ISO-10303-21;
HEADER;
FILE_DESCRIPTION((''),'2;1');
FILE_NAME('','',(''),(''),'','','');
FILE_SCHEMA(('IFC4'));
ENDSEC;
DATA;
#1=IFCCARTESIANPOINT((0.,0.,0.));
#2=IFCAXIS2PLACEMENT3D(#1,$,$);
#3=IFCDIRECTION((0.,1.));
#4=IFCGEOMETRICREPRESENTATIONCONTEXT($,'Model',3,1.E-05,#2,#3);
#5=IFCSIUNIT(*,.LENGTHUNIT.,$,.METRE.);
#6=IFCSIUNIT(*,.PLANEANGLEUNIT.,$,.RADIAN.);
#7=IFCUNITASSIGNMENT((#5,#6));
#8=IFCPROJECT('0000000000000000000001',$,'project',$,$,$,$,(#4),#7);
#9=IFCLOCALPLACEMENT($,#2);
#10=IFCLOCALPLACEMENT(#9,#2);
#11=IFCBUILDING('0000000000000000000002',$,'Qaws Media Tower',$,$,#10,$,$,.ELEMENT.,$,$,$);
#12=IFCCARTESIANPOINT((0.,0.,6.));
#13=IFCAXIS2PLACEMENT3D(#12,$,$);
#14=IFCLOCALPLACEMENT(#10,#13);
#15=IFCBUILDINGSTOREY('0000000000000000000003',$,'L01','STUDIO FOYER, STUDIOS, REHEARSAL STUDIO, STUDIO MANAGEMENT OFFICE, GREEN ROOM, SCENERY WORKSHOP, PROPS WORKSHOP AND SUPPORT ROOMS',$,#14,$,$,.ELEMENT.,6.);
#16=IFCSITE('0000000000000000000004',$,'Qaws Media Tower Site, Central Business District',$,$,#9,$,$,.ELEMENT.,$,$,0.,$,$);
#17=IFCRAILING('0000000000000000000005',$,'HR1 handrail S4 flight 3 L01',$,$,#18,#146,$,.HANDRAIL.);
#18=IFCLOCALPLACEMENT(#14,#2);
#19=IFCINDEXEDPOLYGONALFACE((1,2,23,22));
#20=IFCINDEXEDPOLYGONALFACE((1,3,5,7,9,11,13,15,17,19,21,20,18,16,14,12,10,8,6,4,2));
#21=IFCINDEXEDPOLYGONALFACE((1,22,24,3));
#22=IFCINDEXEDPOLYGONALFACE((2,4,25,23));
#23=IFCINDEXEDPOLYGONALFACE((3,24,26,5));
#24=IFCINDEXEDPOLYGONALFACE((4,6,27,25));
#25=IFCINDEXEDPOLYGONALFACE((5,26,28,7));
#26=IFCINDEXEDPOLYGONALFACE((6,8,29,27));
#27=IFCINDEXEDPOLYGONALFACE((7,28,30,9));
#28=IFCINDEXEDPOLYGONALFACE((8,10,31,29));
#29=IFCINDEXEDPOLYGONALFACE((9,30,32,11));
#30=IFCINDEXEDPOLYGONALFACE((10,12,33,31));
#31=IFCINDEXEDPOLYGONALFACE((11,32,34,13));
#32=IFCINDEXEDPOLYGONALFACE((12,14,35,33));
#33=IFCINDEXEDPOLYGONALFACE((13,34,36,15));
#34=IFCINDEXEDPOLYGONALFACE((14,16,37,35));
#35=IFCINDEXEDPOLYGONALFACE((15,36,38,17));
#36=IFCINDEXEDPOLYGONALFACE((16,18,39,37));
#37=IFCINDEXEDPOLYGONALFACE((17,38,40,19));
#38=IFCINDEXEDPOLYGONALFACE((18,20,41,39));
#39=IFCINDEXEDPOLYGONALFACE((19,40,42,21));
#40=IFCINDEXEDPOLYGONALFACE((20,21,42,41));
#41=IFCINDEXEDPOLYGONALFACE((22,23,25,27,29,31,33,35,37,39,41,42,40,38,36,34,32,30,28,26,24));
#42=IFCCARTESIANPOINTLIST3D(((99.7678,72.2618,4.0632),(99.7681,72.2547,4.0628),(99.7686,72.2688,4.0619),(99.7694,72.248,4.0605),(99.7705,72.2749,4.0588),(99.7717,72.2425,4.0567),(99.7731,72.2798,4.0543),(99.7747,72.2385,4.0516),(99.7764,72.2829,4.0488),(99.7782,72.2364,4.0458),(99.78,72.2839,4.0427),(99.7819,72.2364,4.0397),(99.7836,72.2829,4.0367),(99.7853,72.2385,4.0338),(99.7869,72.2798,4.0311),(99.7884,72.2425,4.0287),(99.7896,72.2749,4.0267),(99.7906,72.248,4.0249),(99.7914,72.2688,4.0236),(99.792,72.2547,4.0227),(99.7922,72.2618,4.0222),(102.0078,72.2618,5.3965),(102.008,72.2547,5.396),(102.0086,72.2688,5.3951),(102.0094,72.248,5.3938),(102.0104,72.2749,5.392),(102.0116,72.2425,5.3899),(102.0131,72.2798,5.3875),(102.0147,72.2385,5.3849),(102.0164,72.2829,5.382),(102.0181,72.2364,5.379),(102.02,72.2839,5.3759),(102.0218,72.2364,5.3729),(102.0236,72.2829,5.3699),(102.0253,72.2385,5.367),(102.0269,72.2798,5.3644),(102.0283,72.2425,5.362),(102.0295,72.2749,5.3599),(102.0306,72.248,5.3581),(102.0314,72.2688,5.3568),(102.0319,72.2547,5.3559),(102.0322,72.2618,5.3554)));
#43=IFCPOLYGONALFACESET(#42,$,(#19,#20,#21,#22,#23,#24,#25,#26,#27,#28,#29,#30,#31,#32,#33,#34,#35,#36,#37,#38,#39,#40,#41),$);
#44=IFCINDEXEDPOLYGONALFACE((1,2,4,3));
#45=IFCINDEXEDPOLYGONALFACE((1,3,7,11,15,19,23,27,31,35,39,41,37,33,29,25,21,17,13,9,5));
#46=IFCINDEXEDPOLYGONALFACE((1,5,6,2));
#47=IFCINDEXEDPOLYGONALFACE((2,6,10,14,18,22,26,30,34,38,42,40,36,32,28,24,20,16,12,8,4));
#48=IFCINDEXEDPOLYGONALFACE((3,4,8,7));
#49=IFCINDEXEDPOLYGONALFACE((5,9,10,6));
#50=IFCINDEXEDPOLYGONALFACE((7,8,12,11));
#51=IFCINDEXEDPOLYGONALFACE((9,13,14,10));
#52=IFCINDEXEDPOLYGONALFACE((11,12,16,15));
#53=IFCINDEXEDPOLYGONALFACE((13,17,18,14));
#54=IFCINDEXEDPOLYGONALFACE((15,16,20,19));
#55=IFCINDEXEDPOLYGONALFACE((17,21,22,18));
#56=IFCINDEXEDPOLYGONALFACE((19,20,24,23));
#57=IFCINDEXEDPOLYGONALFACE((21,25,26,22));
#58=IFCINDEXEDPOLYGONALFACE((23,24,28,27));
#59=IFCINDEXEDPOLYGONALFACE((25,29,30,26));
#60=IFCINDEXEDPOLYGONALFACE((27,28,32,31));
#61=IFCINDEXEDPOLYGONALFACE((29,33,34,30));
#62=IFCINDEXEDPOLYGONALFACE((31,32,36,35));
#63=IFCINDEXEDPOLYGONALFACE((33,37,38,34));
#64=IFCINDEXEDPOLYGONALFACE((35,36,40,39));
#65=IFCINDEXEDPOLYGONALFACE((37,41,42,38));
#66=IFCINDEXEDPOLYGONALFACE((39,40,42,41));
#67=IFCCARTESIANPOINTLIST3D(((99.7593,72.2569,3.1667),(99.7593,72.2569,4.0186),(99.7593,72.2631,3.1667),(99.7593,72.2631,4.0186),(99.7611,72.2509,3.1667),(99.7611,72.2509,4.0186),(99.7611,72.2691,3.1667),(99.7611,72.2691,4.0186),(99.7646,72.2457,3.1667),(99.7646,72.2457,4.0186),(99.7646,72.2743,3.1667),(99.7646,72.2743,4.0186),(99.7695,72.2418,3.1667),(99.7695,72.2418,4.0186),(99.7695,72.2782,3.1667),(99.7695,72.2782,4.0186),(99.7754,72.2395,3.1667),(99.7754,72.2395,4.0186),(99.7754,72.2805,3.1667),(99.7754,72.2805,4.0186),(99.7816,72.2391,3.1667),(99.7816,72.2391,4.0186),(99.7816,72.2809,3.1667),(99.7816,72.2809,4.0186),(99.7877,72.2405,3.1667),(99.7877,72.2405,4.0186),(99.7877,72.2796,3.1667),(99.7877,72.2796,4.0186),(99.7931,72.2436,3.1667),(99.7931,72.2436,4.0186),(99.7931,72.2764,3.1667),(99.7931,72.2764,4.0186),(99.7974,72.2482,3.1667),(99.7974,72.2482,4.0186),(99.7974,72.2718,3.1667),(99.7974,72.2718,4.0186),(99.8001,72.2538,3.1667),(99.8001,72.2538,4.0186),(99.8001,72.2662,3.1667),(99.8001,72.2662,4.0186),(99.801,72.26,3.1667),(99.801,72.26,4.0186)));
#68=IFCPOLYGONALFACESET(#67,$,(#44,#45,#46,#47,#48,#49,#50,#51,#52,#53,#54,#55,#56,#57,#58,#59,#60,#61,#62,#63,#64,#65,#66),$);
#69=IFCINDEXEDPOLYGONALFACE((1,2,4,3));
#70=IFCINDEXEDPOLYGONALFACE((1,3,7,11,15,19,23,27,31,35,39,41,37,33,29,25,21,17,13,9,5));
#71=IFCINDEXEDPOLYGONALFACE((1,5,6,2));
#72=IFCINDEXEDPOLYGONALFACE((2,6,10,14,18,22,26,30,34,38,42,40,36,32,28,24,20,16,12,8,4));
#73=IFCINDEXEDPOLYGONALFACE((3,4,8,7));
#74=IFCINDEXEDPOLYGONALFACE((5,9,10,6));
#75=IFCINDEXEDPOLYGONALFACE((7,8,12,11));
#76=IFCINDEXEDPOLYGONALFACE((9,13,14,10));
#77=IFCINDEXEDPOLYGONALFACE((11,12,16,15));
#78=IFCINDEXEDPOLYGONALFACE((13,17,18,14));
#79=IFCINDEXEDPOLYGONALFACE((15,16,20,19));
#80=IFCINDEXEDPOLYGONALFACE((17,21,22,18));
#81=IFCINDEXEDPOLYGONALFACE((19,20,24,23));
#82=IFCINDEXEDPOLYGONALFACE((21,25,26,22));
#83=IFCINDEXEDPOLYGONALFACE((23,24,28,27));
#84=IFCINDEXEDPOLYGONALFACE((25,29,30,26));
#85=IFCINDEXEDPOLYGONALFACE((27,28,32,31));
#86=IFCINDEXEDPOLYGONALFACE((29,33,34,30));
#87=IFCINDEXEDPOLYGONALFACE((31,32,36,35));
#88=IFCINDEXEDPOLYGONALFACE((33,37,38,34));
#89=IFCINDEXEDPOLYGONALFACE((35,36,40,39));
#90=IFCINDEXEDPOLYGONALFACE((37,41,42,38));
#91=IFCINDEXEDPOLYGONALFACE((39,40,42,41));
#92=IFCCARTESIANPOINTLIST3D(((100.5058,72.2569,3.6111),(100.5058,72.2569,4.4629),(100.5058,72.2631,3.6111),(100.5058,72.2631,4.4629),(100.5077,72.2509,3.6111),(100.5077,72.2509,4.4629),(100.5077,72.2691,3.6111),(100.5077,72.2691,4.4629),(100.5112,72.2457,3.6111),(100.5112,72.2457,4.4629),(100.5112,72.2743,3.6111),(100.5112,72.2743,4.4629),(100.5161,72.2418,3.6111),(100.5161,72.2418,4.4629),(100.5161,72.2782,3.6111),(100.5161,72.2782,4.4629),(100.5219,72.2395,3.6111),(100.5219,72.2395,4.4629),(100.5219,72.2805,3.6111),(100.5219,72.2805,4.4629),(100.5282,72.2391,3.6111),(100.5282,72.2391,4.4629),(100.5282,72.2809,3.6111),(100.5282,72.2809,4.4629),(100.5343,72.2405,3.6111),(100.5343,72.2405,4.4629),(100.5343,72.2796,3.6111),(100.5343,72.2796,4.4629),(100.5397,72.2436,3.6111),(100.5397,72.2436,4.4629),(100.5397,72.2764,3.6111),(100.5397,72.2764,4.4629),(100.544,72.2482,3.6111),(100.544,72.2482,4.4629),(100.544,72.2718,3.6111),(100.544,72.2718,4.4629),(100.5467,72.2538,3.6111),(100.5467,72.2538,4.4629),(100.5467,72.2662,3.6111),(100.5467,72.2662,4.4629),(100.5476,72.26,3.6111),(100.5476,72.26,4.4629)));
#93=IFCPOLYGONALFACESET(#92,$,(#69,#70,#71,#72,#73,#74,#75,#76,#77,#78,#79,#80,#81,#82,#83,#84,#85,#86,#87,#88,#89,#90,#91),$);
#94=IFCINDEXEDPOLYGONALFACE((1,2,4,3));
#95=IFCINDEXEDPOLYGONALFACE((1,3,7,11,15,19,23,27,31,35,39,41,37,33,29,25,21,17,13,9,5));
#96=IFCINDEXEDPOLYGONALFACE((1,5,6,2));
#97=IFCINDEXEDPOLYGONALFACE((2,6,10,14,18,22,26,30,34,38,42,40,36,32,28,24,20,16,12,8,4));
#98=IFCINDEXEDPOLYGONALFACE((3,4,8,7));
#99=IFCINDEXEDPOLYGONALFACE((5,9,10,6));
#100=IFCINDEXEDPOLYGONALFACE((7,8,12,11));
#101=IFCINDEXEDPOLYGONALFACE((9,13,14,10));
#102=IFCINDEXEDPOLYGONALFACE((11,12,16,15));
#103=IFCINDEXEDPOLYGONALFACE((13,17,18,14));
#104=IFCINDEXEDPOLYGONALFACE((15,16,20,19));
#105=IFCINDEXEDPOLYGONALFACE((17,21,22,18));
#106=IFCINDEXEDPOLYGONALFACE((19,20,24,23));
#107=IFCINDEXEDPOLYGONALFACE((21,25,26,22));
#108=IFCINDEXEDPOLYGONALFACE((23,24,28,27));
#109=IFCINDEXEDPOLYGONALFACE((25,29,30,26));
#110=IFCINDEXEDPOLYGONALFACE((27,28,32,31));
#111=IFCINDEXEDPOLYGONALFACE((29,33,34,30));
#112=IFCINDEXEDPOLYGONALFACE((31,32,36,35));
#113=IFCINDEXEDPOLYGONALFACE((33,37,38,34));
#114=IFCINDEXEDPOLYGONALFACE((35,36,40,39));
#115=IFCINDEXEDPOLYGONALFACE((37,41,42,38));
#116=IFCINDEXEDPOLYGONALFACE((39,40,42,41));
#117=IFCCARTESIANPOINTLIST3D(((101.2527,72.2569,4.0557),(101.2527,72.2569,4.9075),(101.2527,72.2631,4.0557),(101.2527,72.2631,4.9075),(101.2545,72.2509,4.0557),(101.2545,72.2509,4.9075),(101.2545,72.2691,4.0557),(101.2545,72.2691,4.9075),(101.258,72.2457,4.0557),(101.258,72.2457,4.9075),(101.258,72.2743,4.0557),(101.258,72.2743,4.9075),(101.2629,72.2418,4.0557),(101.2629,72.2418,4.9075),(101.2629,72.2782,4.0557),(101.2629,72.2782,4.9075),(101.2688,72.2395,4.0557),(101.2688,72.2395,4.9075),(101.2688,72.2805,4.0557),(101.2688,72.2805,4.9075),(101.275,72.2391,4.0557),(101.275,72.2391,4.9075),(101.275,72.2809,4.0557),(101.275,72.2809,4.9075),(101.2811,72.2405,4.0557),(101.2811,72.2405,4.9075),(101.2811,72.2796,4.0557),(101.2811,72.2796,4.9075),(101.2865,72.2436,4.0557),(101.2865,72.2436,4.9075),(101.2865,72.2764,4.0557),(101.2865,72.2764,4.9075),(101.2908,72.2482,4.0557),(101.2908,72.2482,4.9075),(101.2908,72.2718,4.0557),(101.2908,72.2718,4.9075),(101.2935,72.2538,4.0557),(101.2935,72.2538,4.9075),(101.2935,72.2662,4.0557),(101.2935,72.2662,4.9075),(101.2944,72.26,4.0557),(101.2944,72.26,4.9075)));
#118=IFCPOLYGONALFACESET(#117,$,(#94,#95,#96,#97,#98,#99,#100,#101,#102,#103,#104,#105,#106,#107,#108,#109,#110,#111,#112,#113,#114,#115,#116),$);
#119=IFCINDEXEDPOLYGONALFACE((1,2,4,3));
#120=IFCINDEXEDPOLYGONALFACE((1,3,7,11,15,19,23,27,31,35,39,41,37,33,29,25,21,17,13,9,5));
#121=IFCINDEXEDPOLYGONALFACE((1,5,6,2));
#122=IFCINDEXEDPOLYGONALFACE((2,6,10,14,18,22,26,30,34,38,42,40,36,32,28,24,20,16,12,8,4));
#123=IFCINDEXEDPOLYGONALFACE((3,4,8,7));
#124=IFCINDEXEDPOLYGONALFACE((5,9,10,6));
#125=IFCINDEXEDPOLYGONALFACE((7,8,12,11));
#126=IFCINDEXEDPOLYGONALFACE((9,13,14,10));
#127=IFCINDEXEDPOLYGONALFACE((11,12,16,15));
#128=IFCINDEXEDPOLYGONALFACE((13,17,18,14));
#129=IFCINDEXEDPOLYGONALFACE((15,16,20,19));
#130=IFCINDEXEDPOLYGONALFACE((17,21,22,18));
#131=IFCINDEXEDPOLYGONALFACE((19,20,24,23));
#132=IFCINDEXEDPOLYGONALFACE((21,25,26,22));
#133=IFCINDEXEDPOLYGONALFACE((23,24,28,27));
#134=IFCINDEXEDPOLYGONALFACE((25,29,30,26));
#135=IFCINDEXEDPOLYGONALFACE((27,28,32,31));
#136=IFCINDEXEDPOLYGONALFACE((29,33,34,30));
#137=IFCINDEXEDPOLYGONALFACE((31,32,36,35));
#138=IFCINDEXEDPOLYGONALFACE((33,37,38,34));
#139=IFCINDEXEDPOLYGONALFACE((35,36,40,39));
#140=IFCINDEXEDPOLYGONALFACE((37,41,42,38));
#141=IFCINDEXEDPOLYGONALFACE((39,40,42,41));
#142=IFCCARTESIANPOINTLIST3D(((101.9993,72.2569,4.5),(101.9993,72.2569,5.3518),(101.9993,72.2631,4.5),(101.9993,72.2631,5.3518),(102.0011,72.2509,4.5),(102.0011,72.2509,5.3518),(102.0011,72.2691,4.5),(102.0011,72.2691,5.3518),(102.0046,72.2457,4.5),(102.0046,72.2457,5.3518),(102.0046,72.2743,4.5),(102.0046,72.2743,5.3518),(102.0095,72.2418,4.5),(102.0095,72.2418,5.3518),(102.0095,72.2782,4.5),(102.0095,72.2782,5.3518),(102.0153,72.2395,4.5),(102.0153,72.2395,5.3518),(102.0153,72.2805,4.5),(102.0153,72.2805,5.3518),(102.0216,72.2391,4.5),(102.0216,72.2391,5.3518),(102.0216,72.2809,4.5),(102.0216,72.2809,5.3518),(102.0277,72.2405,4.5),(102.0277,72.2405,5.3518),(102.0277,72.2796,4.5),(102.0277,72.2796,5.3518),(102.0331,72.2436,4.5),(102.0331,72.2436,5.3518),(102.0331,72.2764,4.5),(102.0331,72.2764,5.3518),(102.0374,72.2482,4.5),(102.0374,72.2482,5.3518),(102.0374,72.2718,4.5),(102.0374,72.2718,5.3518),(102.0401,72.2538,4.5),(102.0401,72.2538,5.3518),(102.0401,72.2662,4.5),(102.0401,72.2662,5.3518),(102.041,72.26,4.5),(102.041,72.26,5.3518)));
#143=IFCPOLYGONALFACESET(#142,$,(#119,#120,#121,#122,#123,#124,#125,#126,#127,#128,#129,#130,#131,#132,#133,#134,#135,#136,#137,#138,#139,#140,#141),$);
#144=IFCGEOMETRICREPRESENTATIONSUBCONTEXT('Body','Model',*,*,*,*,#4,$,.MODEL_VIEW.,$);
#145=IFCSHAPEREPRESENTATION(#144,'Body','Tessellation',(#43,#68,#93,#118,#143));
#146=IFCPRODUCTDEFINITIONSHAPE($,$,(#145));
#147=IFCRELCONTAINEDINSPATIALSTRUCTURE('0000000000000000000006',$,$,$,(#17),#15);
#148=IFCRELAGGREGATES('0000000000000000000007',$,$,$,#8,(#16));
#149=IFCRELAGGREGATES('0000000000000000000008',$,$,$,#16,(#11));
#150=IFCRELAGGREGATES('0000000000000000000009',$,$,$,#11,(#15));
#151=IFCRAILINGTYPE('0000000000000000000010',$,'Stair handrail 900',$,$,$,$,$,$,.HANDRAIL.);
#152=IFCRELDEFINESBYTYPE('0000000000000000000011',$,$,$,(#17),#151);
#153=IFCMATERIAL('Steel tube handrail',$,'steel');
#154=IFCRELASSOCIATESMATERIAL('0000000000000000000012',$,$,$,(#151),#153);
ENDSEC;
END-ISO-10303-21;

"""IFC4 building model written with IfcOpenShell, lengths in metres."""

from ifc_helpers import new_model, si_unit, direction, frame, origin, origin_2d, place, context, subcontext, project, spatial, circle, extrude, material, type_object, element, save


model = new_model("IFC4")

# Units and contexts
model_context = context("Model", 3, precision=1e-05, world=origin(), true_north=direction((0.0, 1.0)))
body_context = subcontext(model_context, "Body", "Model", "MODEL_VIEW")
ifc_project = project(units=[si_unit("LENGTHUNIT", "METRE"), si_unit("PLANEANGLEUNIT", "RADIAN")], contexts=[model_context])

# Site, building, storey
site_placement = place(None, origin())
site = spatial("IfcSite", under=ifc_project, at=site_placement, Name="Qaws Media Tower Site, Central Business District", CompositionType="ELEMENT", RefElevation=0.0)
building_placement = place(site_placement, origin())
building = spatial("IfcBuilding", under=site, at=building_placement, Name="Qaws Media Tower", CompositionType="ELEMENT")
storey_placement = place(building_placement, frame((0.0, 0.0, 6.0)))
storey = spatial("IfcBuildingStorey", under=building, at=storey_placement, Name="L01", Description="STUDIO FOYER, STUDIOS, REHEARSAL STUDIO, STUDIO MANAGEMENT OFFICE, GREEN ROOM, SCENERY WORKSHOP, PROPS WORKSHOP AND SUPPORT ROOMS", CompositionType="ELEMENT", Elevation=6.0)

# Railing
ifc_material_1 = material(Name="Steel tube handrail", Category="steel")
railing_type = type_object("IfcRailingType", Name="Stair handrail 900", PredefinedType="HANDRAIL", material=ifc_material_1)
railing_1_placement = place(storey_placement, frame((99.78, 72.26, 3.1667)))
element("IfcRailing", 1, at=railing_1_placement, inside=storey, type_object=railing_type, Name="HR1 handrail S4 flight 3 L01", PredefinedType="HANDRAIL", context=body_context, shape_type="SweptSolid", body=[
    extrude(circle(Radius=0.0239, at=origin_2d()), frame((0.0, 0.0, 0.876), z_axis=(0.859306, 0.0, 0.511462), x_axis=(0.0, 1.0, 0.0)), (0.0, 0.0, 1.0), 2.6067),
    extrude(circle(Radius=0.021, at=origin_2d()), origin(), (0.0, 0.0, 1.0), 0.8518),
    extrude(circle(Radius=0.021, at=origin_2d()), frame((0.7466, 0.0, 0.4443)), (0.0, 0.0, 1.0), 0.8518),
    extrude(circle(Radius=0.021, at=origin_2d()), frame((1.4934, 0.0, 0.8889)), (0.0, 0.0, 1.0), 0.8518),
    extrude(circle(Radius=0.021, at=origin_2d()), frame((2.24, 0.0, 1.3333)), (0.0, 0.0, 1.0), 0.8518),
])

save(model, "model.ifc")
